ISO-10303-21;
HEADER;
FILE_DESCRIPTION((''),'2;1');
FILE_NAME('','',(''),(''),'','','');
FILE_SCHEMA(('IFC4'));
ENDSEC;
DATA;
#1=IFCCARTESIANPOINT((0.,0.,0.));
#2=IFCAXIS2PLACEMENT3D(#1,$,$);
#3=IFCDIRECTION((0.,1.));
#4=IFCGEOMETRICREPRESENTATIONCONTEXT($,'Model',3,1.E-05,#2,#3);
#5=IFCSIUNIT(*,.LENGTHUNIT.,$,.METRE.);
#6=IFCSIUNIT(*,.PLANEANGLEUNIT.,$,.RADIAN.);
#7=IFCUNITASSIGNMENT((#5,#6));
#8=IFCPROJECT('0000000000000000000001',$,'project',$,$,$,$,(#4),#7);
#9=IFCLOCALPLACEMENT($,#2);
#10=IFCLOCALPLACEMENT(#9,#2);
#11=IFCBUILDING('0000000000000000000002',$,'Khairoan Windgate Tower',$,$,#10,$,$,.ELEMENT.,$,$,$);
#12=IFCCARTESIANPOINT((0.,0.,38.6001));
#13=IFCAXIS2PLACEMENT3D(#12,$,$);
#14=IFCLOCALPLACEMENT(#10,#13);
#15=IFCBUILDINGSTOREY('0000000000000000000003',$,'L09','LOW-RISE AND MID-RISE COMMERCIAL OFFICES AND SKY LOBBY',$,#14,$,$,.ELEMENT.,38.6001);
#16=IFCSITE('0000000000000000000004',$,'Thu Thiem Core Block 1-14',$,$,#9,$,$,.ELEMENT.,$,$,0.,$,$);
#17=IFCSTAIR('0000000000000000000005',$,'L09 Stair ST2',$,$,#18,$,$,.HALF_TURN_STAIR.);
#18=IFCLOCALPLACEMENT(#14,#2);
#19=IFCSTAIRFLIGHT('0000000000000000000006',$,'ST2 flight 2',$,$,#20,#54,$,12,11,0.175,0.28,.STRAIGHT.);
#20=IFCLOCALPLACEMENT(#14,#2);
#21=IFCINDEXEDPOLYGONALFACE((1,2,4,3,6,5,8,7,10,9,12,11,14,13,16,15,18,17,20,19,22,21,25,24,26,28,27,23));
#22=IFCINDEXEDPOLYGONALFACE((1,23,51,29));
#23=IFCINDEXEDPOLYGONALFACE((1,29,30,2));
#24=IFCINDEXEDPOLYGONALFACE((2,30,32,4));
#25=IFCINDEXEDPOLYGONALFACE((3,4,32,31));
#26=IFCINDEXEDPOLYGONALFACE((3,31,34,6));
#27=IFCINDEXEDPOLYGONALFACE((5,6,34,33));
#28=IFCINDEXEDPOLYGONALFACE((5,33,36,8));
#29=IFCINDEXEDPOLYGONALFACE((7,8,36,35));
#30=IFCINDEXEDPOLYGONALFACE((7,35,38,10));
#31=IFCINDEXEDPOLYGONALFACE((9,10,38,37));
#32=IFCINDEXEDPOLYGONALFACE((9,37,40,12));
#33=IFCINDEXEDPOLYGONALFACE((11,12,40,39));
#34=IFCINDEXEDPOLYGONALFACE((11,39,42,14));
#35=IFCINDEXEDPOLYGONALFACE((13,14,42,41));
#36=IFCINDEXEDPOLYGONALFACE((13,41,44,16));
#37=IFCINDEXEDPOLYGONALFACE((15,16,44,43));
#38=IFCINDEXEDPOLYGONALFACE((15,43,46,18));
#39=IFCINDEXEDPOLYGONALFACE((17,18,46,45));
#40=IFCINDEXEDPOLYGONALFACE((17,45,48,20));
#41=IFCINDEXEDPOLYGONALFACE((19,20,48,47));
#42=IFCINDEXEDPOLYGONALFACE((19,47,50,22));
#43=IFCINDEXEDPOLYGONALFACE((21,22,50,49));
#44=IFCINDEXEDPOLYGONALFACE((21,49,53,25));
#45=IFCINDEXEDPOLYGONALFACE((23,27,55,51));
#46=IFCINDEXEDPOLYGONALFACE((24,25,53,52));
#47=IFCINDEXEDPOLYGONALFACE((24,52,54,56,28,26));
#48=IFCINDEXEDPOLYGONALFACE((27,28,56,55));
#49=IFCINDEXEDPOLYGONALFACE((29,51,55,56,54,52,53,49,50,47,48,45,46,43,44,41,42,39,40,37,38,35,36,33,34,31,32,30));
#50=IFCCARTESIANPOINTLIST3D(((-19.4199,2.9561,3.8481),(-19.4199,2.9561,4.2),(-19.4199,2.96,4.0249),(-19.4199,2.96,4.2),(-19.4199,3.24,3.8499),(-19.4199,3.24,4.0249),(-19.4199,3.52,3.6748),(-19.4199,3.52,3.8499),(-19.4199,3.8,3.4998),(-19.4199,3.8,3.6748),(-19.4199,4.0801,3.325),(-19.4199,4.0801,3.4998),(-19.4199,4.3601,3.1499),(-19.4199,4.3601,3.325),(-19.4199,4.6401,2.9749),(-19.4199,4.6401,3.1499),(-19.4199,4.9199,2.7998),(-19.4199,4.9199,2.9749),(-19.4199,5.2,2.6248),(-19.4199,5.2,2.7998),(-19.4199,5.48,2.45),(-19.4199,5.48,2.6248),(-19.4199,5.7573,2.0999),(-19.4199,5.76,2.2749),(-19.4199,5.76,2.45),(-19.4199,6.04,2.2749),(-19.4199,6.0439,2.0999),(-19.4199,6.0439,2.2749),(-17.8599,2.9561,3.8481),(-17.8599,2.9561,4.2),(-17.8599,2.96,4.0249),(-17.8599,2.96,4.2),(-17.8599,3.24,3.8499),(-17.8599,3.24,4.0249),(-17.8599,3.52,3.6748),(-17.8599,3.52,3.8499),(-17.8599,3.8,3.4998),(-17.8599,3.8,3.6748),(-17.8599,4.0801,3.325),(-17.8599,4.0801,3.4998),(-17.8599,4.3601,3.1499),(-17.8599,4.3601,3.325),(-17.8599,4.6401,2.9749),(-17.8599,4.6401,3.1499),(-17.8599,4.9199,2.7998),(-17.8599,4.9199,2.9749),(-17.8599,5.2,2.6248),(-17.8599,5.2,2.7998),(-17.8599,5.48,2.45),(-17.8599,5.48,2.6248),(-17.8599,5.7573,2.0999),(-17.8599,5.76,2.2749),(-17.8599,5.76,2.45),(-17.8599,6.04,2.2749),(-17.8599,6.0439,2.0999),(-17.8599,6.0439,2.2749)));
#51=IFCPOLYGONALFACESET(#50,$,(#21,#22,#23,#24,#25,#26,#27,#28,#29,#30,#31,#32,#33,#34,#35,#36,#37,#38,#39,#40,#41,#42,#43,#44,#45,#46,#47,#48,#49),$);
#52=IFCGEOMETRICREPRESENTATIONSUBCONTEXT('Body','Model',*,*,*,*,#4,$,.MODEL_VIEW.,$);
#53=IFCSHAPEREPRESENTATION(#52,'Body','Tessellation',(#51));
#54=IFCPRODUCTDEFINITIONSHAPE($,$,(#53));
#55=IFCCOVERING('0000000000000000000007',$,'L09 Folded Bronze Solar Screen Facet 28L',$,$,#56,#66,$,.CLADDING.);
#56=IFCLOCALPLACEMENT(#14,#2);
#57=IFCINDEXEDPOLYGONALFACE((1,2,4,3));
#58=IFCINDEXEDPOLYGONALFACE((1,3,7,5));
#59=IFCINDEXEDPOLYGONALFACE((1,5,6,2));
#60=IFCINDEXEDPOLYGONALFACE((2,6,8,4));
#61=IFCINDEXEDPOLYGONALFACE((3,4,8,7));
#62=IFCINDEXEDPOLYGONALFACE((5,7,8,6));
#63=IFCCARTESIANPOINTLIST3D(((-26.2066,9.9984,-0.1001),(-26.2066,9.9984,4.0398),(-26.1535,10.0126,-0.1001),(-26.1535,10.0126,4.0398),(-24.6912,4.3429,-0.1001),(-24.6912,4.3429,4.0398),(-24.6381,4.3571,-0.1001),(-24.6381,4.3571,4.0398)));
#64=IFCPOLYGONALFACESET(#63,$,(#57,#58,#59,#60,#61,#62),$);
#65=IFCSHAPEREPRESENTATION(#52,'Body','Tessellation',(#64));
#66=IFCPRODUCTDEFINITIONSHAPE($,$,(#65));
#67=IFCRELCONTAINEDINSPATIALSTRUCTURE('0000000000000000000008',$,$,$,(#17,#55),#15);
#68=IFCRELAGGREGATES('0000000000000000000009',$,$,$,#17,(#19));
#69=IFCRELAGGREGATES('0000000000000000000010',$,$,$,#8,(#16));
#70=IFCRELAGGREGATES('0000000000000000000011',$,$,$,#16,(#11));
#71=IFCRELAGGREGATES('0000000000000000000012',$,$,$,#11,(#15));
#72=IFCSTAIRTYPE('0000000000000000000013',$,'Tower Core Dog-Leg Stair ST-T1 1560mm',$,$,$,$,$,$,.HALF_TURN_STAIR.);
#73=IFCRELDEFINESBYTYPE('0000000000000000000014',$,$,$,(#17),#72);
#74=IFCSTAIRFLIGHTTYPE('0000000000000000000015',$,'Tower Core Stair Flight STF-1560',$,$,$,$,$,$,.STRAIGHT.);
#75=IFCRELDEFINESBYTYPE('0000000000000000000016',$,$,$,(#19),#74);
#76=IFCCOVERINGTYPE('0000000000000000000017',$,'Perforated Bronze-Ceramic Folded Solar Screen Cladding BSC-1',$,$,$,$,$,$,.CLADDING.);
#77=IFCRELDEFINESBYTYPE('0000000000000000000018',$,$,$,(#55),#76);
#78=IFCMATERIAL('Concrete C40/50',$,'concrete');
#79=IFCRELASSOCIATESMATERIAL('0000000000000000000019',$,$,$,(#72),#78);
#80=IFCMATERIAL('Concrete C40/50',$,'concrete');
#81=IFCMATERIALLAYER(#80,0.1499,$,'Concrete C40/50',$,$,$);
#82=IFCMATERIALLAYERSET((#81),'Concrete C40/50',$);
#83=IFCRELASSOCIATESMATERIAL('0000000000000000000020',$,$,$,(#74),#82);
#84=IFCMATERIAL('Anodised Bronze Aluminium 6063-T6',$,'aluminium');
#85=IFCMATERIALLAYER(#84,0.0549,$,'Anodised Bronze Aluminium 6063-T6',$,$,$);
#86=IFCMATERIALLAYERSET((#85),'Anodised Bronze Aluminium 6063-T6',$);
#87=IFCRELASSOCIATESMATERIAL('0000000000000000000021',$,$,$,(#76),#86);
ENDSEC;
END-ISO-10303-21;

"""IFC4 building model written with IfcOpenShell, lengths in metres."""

from ifc_helpers import new_model, si_unit, direction, frame, origin, origin_2d, place, context, subcontext, project, spatial, polyline, rectangle, outline, extrude, material, layer, layer_set, type_object, element, aggregate, save


model = new_model("IFC4")

# Units and contexts
model_context = context("Model", 3, precision=1e-05, world=origin(), true_north=direction((0.0, 1.0)))
body_context = subcontext(model_context, "Body", "Model", "MODEL_VIEW")
ifc_project = project(units=[si_unit("LENGTHUNIT", "METRE"), si_unit("PLANEANGLEUNIT", "RADIAN")], contexts=[model_context])

# Site, building, storey
site_placement = place(None, origin())
site = spatial("IfcSite", under=ifc_project, at=site_placement, Name="Thu Thiem Core Block 1-14", CompositionType="ELEMENT", RefElevation=0.0)
building_placement = place(site_placement, origin())
building = spatial("IfcBuilding", under=site, at=building_placement, Name="Khairoan Windgate Tower", CompositionType="ELEMENT")
storey_placement = place(building_placement, frame((0.0, 0.0, 38.6001)))
storey = spatial("IfcBuildingStorey", under=building, at=storey_placement, Name="L09", Description="LOW-RISE AND MID-RISE COMMERCIAL OFFICES AND SKY LOBBY", CompositionType="ELEMENT", Elevation=38.6001)

# Stair, stair flight
ifc_material_1 = material(Name="Concrete C40/50", Category="concrete")
stair_type = type_object("IfcStairType", Name="Tower Core Dog-Leg Stair ST-T1 1560mm", PredefinedType="HALF_TURN_STAIR", material=ifc_material_1)
stair_placement = place(storey_placement, origin())
stair = element("IfcStair", 1, at=stair_placement, inside=storey, type_object=stair_type, Name="L09 Stair ST2", PredefinedType="HALF_TURN_STAIR")
ifc_material_2 = material(Name="Concrete C40/50", Category="concrete")
ifc_layer_1 = layer(ifc_material_2, 0.1499, Name="Concrete C40/50")
ifc_layer_set_1 = layer_set([ifc_layer_1], Name="Concrete C40/50")
stair_flight_type = type_object("IfcStairFlightType", Name="Tower Core Stair Flight STF-1560", PredefinedType="STRAIGHT", material=ifc_layer_set_1)
stair_flight_1_placement = place(storey_placement, frame((-18.6399, 6.04, 2.0999), z_axis=(0.0, 0.0, 1.0), x_axis=(0.0, -1.0, 0.0)))
stair_flight_1 = element("IfcStairFlight", 2, at=stair_flight_1_placement, type_object=stair_flight_type, Name="ST2 flight 2", NumberOfRisers=12, NumberOfTreads=11, PredefinedType="STRAIGHT", RiserHeight=0.175, TreadLength=0.28, context=body_context, shape_type="SweptSolid", body=[
    extrude(outline(polyline([(-0.0039, 0.0), (-0.0039, 0.175), (0.0, 0.175), (0.28, 0.175), (0.28, 0.3501), (0.5601, 0.3501), (0.5601, 0.5249), (0.8401, 0.5249), (0.8401, 0.7), (1.1201, 0.7), (1.1201, 0.875), (1.3999, 0.875), (1.3999, 1.05), (1.6799, 1.05), (1.6799, 1.2251), (1.96, 1.2251), (1.96, 1.3999), (2.24, 1.3999), (2.24, 1.575), (2.52, 1.575), (2.52, 1.75), (2.8, 1.75), (2.8, 1.925), (3.0801, 1.925), (3.0801, 2.1001), (3.084, 2.1001), (3.084, 1.7483), (0.2827, 0.0), (-0.0039, 0.0)])), frame((0.0, 0.78, 0.0), z_axis=(0.0, -1.0, 0.0), x_axis=(1.0, 0.0, 0.0)), (0.0, 0.0, 1.0), 1.5601),
])
aggregate(stair, [stair_flight_1])

# Covering
ifc_material_3 = material(Name="Anodised Bronze Aluminium 6063-T6", Category="aluminium")
ifc_layer_2 = layer(ifc_material_3, 0.0549, Name="Anodised Bronze Aluminium 6063-T6")
ifc_layer_set_2 = layer_set([ifc_layer_2], Name="Anodised Bronze Aluminium 6063-T6")
covering_type = type_object("IfcCoveringType", Name="Perforated Bronze-Ceramic Folded Solar Screen Cladding BSC-1", PredefinedType="CLADDING", material=ifc_layer_set_2)
covering_placement = place(storey_placement, frame((-25.4224, 7.1777, -0.1001), z_axis=(0.0, 0.0, 1.0), x_axis=(-0.258819, 0.965926, 0.0)))
element("IfcCovering", 3, at=covering_placement, inside=storey, type_object=covering_type, Name="L09 Folded Bronze Solar Screen Facet 28L", PredefinedType="CLADDING", context=body_context, shape_type="SweptSolid", body=[
    extrude(rectangle(XDim=5.855, YDim=0.0549, at=origin_2d()), origin(), (0.0, 0.0, 1.0), 4.1399),
])

save(model, "model.ifc")
